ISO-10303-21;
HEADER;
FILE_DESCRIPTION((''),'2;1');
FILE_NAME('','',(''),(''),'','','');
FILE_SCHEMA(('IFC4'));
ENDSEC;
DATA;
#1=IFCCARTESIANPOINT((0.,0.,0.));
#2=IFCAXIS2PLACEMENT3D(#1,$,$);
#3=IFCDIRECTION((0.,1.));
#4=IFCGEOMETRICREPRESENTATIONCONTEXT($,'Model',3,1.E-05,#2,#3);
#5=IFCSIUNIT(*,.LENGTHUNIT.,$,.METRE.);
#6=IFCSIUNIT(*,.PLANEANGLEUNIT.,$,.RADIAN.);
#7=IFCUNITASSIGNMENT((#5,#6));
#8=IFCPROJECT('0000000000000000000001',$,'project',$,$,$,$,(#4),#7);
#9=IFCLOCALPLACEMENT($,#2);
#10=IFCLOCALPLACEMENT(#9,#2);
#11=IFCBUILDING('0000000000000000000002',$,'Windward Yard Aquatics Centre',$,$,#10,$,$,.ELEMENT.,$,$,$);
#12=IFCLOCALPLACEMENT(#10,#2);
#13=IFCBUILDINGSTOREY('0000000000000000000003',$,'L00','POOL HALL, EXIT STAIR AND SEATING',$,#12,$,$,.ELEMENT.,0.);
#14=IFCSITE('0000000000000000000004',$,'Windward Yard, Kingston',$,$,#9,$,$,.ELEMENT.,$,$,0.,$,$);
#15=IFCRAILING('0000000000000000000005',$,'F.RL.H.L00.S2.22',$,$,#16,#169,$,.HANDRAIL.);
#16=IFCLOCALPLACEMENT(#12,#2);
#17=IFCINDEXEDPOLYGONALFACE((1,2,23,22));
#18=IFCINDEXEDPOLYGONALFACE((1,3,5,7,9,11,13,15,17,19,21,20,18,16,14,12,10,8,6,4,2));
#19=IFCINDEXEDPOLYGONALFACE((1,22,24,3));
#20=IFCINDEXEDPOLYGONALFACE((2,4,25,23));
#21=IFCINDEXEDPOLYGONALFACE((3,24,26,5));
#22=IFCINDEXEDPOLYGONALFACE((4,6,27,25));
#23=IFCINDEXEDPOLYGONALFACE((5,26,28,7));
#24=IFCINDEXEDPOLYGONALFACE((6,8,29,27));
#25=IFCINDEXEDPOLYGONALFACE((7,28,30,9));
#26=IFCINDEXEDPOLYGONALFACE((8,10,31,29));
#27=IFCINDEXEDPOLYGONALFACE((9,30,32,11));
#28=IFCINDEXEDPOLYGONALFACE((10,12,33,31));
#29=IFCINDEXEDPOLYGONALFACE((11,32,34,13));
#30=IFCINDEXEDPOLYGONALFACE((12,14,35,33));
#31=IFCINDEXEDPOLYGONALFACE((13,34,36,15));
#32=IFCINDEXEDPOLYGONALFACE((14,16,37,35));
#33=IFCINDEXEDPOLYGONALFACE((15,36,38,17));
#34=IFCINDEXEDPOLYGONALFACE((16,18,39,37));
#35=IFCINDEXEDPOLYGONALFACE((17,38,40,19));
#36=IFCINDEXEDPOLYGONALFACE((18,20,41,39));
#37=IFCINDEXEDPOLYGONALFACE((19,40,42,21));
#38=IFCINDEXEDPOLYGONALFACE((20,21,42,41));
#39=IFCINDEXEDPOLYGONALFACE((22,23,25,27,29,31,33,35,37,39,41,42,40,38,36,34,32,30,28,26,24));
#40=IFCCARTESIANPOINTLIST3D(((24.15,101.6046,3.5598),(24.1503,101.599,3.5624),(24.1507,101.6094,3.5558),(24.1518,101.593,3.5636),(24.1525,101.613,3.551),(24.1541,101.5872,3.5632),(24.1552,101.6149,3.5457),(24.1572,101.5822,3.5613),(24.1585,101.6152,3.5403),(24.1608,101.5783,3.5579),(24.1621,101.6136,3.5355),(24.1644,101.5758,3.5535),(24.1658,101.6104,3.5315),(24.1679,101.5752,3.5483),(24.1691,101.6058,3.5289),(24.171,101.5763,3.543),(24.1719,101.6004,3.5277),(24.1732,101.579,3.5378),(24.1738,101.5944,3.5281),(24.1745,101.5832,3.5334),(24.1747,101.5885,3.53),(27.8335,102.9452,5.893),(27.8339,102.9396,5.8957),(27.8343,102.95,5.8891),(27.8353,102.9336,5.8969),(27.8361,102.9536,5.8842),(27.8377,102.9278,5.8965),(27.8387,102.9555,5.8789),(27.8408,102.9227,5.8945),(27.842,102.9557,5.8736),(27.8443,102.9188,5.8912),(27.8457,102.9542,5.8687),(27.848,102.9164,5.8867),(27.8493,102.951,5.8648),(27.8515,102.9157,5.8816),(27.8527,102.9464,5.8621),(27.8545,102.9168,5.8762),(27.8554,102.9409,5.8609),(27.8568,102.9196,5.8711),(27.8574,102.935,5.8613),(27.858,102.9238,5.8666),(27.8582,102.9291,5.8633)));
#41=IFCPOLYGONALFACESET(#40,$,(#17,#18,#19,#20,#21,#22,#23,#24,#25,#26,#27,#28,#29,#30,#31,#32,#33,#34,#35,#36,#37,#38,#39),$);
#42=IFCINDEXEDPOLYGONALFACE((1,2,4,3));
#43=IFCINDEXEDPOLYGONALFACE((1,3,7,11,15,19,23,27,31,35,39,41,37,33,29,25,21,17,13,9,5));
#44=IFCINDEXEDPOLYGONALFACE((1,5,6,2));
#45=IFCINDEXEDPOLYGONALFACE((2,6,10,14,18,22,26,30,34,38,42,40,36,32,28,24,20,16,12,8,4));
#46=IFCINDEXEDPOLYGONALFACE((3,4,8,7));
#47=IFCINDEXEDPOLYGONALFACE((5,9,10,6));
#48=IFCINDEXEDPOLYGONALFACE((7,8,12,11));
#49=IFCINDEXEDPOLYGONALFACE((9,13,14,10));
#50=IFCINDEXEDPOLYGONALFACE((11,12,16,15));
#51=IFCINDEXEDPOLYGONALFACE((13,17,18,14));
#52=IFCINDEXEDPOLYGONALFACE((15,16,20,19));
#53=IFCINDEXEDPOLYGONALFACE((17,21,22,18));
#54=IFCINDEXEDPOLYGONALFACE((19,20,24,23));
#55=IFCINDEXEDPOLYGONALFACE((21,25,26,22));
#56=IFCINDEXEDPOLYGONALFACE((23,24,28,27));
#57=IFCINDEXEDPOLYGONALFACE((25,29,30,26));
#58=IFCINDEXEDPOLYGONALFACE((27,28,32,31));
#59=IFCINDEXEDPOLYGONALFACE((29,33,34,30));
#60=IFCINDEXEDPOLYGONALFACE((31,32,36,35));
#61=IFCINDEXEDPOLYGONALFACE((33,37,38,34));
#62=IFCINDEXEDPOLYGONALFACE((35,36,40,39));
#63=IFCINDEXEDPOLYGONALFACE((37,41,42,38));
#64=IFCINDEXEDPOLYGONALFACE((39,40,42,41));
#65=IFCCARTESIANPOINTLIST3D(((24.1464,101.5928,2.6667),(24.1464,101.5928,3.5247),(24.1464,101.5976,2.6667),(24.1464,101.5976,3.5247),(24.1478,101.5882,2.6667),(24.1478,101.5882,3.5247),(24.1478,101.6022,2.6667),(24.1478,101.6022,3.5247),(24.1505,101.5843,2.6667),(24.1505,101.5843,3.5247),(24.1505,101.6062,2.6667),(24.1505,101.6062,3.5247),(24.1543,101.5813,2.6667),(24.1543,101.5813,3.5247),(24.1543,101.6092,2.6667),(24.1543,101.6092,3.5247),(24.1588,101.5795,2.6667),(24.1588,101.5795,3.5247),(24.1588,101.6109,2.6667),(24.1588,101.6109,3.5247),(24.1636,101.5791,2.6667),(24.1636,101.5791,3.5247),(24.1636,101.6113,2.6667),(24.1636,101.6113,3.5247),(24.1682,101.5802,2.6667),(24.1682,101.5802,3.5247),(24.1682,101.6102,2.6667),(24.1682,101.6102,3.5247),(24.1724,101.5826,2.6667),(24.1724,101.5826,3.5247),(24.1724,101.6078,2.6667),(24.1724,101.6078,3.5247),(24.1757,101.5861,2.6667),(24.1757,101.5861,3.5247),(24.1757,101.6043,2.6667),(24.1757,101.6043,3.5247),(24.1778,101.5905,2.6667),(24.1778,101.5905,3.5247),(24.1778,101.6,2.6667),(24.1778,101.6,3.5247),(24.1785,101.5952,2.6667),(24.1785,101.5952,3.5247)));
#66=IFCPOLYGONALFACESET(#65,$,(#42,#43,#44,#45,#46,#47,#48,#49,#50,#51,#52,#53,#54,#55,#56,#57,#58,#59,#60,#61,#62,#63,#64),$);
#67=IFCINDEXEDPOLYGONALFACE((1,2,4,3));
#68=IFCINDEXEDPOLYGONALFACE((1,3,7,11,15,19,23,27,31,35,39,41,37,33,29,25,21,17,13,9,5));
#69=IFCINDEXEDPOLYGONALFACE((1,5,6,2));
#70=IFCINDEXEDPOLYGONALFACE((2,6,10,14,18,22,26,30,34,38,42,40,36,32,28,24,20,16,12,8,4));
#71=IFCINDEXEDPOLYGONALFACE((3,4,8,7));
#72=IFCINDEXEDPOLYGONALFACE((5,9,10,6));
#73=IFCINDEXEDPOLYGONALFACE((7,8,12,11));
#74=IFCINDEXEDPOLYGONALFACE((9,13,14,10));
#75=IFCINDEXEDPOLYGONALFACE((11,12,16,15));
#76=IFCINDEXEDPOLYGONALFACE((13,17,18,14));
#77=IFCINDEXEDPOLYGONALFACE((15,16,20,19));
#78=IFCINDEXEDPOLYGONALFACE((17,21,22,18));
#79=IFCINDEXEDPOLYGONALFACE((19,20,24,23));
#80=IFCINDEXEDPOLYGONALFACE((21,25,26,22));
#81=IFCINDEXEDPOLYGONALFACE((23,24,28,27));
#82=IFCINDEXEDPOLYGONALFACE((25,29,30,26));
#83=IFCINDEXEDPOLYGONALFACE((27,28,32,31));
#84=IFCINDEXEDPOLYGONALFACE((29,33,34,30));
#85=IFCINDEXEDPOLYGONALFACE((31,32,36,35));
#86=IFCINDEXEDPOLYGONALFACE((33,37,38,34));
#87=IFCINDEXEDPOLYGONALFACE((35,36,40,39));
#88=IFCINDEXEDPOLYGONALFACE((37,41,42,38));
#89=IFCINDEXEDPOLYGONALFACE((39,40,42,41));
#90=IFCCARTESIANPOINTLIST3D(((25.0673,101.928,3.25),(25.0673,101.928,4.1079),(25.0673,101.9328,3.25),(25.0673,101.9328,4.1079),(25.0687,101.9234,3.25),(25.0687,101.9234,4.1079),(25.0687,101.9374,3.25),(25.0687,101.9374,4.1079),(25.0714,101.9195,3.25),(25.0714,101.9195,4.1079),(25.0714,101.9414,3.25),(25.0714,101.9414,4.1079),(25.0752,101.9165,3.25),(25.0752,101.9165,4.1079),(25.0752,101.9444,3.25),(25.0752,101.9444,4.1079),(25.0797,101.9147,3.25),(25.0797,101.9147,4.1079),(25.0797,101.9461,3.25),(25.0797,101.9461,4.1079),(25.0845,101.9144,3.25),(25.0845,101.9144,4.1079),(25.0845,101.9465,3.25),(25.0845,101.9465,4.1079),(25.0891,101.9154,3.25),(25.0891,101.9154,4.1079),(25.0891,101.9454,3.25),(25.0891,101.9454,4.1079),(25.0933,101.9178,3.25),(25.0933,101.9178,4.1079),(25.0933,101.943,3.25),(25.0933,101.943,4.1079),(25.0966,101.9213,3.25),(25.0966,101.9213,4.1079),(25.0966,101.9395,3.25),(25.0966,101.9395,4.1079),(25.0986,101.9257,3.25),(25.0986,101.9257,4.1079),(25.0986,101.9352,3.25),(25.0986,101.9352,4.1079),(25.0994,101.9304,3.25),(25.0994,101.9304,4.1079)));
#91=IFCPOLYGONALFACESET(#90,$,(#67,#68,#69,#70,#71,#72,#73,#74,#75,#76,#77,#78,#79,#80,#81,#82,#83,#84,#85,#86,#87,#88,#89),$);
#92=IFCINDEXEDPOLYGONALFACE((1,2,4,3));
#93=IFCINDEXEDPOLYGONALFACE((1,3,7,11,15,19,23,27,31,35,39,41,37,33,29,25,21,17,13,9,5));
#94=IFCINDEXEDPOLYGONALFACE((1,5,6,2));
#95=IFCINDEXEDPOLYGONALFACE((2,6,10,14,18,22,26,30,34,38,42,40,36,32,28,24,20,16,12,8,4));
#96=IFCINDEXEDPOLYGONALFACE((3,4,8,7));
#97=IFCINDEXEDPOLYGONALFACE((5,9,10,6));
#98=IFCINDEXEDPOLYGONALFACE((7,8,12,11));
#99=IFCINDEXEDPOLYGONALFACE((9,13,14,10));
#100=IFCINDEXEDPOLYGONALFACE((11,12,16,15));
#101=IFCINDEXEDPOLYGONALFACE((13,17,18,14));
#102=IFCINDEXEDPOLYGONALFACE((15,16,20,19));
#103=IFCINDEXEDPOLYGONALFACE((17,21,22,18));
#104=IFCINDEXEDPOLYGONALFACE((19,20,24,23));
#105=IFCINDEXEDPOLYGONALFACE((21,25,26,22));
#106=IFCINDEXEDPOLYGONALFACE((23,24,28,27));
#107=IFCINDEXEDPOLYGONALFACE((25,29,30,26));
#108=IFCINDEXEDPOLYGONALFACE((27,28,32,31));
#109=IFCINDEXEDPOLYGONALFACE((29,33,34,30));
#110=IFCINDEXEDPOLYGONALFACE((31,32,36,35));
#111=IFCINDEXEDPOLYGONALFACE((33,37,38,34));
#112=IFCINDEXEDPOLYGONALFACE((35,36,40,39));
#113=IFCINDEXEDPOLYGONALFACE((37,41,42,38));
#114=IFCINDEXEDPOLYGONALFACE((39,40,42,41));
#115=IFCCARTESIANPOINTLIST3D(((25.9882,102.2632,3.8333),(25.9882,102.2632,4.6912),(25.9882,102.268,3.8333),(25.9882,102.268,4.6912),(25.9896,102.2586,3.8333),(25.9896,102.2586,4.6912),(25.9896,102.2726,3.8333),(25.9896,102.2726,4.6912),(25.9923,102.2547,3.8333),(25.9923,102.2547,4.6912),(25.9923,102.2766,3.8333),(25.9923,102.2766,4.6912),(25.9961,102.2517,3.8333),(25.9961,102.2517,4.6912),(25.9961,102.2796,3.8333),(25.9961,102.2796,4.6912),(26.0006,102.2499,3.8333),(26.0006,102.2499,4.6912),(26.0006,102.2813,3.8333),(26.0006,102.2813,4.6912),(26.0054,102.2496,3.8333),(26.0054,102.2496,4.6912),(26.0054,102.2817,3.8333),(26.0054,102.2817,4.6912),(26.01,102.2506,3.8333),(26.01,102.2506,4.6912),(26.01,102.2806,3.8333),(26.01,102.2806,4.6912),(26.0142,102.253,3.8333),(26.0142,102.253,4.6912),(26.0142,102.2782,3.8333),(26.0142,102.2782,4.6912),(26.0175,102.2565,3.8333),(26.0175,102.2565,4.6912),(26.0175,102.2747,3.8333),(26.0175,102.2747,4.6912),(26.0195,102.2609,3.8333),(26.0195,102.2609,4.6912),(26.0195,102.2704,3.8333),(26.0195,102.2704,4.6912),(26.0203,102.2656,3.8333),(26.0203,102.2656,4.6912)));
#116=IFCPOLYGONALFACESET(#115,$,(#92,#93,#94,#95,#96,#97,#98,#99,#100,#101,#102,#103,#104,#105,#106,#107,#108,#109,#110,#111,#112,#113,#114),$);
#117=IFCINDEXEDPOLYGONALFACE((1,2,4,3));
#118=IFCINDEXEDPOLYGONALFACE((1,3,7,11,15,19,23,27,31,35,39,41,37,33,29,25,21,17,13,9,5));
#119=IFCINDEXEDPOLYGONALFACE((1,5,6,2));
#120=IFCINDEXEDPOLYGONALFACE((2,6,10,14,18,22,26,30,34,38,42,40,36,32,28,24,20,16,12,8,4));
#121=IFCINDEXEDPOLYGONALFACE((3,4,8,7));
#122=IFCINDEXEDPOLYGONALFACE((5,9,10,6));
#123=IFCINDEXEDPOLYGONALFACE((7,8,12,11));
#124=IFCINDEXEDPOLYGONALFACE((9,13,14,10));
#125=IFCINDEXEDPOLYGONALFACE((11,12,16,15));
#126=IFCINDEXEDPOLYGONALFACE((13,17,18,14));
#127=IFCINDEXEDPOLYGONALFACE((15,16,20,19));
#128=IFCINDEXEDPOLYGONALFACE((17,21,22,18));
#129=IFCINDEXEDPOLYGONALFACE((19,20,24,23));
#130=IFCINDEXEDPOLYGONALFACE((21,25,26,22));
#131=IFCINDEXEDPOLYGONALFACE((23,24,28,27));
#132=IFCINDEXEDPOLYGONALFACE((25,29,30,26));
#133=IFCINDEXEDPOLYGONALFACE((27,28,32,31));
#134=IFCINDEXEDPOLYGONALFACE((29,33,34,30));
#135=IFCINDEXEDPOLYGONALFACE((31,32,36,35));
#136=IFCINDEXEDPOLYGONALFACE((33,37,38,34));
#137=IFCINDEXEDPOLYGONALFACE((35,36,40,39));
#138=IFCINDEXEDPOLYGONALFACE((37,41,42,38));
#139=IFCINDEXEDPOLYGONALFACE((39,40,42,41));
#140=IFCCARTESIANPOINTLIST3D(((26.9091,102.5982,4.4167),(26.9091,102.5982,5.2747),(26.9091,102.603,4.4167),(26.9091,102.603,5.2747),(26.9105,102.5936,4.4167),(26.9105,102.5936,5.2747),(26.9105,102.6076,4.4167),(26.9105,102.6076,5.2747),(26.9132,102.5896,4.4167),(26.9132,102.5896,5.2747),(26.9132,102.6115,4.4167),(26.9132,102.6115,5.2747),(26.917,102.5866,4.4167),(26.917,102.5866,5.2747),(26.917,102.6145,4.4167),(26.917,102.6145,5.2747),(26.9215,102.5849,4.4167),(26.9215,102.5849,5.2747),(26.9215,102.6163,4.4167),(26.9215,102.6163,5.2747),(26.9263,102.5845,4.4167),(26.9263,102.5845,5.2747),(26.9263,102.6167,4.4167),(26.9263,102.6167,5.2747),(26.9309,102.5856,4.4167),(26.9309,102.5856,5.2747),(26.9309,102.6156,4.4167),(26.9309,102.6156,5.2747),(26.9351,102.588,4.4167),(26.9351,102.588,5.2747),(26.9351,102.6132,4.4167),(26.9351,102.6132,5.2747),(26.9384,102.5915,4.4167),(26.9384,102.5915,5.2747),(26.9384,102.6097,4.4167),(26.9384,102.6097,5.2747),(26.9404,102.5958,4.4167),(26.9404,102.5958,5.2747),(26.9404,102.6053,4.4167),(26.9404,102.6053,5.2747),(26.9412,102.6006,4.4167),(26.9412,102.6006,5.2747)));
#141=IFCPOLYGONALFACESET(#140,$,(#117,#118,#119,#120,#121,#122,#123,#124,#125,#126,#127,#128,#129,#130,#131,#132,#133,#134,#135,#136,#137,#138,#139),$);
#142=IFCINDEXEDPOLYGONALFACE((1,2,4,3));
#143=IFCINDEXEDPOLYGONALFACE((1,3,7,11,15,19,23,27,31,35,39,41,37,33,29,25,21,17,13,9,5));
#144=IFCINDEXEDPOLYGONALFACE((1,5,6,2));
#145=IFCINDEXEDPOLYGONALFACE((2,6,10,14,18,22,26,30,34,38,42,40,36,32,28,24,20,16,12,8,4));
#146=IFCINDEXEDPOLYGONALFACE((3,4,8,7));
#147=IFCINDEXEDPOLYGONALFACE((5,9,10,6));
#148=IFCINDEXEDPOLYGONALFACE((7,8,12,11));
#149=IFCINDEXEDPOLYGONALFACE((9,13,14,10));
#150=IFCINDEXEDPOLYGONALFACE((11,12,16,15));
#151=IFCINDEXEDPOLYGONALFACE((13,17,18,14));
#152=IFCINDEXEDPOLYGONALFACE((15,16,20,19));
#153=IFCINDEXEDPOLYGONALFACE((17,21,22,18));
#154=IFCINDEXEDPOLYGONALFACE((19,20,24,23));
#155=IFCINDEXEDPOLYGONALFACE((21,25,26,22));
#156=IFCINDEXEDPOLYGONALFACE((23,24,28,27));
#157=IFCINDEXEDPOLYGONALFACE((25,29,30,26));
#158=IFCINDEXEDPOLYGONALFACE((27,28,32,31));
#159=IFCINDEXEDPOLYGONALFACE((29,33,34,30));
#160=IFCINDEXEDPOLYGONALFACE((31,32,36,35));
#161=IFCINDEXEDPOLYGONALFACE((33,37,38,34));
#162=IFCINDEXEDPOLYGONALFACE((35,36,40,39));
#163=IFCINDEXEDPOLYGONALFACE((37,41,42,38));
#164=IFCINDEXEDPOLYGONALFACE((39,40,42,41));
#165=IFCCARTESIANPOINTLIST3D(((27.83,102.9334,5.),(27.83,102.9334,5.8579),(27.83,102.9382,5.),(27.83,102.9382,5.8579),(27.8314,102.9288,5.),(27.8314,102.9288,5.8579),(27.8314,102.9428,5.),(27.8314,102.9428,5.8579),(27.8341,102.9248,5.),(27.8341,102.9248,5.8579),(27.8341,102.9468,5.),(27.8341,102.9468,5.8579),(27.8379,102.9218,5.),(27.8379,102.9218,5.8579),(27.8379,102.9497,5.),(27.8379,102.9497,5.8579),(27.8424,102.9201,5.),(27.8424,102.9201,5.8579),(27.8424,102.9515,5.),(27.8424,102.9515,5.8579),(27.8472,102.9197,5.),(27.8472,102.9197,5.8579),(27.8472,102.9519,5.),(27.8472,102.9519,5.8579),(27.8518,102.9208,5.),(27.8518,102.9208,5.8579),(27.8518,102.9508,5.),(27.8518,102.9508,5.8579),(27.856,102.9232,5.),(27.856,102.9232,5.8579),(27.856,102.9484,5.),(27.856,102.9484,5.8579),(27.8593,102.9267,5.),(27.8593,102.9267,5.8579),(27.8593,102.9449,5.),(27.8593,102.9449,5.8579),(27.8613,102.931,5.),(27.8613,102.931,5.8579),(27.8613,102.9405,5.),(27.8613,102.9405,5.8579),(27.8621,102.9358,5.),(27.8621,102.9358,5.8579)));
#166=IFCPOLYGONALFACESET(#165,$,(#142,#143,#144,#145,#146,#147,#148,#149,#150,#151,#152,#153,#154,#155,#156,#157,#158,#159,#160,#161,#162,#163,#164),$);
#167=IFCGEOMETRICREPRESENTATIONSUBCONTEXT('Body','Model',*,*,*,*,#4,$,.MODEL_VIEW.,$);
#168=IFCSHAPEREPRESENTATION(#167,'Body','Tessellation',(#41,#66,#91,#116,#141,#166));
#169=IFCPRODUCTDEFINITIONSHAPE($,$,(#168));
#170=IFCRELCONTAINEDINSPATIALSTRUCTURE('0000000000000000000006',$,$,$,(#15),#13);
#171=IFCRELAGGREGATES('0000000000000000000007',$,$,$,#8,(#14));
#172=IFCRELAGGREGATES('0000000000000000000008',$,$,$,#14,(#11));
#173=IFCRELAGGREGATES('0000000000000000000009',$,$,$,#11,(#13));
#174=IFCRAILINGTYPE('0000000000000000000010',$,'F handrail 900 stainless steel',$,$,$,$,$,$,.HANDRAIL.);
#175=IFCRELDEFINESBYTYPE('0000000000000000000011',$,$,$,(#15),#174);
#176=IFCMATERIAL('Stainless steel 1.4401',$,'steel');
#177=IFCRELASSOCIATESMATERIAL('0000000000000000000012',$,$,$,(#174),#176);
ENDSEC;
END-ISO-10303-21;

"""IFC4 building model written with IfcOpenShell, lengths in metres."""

from ifc_helpers import new_model, si_unit, direction, frame, origin, origin_2d, place, context, subcontext, project, spatial, circle, extrude, material, type_object, element, save


model = new_model("IFC4")

# Units and contexts
model_context = context("Model", 3, precision=1e-05, world=origin(), true_north=direction((0.0, 1.0)))
body_context = subcontext(model_context, "Body", "Model", "MODEL_VIEW")
ifc_project = project(units=[si_unit("LENGTHUNIT", "METRE"), si_unit("PLANEANGLEUNIT", "RADIAN")], contexts=[model_context])

# Site, building, storey
site_placement = place(None, origin())
site = spatial("IfcSite", under=ifc_project, at=site_placement, Name="Windward Yard, Kingston", CompositionType="ELEMENT", RefElevation=0.0)
building_placement = place(site_placement, origin())
building = spatial("IfcBuilding", under=site, at=building_placement, Name="Windward Yard Aquatics Centre", CompositionType="ELEMENT")
storey_placement = place(building_placement, origin())
storey = spatial("IfcBuildingStorey", under=building, at=storey_placement, Name="L00", Description="POOL HALL, EXIT STAIR AND SEATING", CompositionType="ELEMENT", Elevation=0.0)

# Railing
ifc_material_1 = material(Name="Stainless steel 1.4401", Category="steel")
railing_type = type_object("IfcRailingType", Name="F handrail 900 stainless steel", PredefinedType="HANDRAIL", material=ifc_material_1)
railing_placement = place(storey_placement, frame((24.1624, 101.5952, 2.6667)))
element("IfcRailing", 1, at=railing_placement, inside=storey, type_object=railing_type, Name="F.RL.H.L00.S2.22", PredefinedType="HANDRAIL", context=body_context, shape_type="SweptSolid", body=[
    extrude(circle(Radius=0.021, at=origin_2d()), frame((0.0, 0.0, 0.8789), z_axis=(0.807486, 0.29387, 0.511476), x_axis=(-0.341988, 0.939704, 0.0)), (0.0, 0.0, 1.0), 4.5618),
    extrude(circle(Radius=0.0161, at=origin_2d()), origin(), (0.0, 0.0, 1.0), 0.8579),
    extrude(circle(Radius=0.0161, at=origin_2d()), frame((0.9209, 0.3352, 0.5833)), (0.0, 0.0, 1.0), 0.8579),
    extrude(circle(Radius=0.0161, at=origin_2d()), frame((1.8418, 0.6704, 1.1665)), (0.0, 0.0, 1.0), 0.8579),
    extrude(circle(Radius=0.0161, at=origin_2d()), frame((2.7627, 1.0054, 1.75)), (0.0, 0.0, 1.0), 0.8579),
    extrude(circle(Radius=0.0161, at=origin_2d()), frame((3.6836, 1.3406, 2.3333)), (0.0, 0.0, 1.0), 0.8579),
])

save(model, "model.ifc")
